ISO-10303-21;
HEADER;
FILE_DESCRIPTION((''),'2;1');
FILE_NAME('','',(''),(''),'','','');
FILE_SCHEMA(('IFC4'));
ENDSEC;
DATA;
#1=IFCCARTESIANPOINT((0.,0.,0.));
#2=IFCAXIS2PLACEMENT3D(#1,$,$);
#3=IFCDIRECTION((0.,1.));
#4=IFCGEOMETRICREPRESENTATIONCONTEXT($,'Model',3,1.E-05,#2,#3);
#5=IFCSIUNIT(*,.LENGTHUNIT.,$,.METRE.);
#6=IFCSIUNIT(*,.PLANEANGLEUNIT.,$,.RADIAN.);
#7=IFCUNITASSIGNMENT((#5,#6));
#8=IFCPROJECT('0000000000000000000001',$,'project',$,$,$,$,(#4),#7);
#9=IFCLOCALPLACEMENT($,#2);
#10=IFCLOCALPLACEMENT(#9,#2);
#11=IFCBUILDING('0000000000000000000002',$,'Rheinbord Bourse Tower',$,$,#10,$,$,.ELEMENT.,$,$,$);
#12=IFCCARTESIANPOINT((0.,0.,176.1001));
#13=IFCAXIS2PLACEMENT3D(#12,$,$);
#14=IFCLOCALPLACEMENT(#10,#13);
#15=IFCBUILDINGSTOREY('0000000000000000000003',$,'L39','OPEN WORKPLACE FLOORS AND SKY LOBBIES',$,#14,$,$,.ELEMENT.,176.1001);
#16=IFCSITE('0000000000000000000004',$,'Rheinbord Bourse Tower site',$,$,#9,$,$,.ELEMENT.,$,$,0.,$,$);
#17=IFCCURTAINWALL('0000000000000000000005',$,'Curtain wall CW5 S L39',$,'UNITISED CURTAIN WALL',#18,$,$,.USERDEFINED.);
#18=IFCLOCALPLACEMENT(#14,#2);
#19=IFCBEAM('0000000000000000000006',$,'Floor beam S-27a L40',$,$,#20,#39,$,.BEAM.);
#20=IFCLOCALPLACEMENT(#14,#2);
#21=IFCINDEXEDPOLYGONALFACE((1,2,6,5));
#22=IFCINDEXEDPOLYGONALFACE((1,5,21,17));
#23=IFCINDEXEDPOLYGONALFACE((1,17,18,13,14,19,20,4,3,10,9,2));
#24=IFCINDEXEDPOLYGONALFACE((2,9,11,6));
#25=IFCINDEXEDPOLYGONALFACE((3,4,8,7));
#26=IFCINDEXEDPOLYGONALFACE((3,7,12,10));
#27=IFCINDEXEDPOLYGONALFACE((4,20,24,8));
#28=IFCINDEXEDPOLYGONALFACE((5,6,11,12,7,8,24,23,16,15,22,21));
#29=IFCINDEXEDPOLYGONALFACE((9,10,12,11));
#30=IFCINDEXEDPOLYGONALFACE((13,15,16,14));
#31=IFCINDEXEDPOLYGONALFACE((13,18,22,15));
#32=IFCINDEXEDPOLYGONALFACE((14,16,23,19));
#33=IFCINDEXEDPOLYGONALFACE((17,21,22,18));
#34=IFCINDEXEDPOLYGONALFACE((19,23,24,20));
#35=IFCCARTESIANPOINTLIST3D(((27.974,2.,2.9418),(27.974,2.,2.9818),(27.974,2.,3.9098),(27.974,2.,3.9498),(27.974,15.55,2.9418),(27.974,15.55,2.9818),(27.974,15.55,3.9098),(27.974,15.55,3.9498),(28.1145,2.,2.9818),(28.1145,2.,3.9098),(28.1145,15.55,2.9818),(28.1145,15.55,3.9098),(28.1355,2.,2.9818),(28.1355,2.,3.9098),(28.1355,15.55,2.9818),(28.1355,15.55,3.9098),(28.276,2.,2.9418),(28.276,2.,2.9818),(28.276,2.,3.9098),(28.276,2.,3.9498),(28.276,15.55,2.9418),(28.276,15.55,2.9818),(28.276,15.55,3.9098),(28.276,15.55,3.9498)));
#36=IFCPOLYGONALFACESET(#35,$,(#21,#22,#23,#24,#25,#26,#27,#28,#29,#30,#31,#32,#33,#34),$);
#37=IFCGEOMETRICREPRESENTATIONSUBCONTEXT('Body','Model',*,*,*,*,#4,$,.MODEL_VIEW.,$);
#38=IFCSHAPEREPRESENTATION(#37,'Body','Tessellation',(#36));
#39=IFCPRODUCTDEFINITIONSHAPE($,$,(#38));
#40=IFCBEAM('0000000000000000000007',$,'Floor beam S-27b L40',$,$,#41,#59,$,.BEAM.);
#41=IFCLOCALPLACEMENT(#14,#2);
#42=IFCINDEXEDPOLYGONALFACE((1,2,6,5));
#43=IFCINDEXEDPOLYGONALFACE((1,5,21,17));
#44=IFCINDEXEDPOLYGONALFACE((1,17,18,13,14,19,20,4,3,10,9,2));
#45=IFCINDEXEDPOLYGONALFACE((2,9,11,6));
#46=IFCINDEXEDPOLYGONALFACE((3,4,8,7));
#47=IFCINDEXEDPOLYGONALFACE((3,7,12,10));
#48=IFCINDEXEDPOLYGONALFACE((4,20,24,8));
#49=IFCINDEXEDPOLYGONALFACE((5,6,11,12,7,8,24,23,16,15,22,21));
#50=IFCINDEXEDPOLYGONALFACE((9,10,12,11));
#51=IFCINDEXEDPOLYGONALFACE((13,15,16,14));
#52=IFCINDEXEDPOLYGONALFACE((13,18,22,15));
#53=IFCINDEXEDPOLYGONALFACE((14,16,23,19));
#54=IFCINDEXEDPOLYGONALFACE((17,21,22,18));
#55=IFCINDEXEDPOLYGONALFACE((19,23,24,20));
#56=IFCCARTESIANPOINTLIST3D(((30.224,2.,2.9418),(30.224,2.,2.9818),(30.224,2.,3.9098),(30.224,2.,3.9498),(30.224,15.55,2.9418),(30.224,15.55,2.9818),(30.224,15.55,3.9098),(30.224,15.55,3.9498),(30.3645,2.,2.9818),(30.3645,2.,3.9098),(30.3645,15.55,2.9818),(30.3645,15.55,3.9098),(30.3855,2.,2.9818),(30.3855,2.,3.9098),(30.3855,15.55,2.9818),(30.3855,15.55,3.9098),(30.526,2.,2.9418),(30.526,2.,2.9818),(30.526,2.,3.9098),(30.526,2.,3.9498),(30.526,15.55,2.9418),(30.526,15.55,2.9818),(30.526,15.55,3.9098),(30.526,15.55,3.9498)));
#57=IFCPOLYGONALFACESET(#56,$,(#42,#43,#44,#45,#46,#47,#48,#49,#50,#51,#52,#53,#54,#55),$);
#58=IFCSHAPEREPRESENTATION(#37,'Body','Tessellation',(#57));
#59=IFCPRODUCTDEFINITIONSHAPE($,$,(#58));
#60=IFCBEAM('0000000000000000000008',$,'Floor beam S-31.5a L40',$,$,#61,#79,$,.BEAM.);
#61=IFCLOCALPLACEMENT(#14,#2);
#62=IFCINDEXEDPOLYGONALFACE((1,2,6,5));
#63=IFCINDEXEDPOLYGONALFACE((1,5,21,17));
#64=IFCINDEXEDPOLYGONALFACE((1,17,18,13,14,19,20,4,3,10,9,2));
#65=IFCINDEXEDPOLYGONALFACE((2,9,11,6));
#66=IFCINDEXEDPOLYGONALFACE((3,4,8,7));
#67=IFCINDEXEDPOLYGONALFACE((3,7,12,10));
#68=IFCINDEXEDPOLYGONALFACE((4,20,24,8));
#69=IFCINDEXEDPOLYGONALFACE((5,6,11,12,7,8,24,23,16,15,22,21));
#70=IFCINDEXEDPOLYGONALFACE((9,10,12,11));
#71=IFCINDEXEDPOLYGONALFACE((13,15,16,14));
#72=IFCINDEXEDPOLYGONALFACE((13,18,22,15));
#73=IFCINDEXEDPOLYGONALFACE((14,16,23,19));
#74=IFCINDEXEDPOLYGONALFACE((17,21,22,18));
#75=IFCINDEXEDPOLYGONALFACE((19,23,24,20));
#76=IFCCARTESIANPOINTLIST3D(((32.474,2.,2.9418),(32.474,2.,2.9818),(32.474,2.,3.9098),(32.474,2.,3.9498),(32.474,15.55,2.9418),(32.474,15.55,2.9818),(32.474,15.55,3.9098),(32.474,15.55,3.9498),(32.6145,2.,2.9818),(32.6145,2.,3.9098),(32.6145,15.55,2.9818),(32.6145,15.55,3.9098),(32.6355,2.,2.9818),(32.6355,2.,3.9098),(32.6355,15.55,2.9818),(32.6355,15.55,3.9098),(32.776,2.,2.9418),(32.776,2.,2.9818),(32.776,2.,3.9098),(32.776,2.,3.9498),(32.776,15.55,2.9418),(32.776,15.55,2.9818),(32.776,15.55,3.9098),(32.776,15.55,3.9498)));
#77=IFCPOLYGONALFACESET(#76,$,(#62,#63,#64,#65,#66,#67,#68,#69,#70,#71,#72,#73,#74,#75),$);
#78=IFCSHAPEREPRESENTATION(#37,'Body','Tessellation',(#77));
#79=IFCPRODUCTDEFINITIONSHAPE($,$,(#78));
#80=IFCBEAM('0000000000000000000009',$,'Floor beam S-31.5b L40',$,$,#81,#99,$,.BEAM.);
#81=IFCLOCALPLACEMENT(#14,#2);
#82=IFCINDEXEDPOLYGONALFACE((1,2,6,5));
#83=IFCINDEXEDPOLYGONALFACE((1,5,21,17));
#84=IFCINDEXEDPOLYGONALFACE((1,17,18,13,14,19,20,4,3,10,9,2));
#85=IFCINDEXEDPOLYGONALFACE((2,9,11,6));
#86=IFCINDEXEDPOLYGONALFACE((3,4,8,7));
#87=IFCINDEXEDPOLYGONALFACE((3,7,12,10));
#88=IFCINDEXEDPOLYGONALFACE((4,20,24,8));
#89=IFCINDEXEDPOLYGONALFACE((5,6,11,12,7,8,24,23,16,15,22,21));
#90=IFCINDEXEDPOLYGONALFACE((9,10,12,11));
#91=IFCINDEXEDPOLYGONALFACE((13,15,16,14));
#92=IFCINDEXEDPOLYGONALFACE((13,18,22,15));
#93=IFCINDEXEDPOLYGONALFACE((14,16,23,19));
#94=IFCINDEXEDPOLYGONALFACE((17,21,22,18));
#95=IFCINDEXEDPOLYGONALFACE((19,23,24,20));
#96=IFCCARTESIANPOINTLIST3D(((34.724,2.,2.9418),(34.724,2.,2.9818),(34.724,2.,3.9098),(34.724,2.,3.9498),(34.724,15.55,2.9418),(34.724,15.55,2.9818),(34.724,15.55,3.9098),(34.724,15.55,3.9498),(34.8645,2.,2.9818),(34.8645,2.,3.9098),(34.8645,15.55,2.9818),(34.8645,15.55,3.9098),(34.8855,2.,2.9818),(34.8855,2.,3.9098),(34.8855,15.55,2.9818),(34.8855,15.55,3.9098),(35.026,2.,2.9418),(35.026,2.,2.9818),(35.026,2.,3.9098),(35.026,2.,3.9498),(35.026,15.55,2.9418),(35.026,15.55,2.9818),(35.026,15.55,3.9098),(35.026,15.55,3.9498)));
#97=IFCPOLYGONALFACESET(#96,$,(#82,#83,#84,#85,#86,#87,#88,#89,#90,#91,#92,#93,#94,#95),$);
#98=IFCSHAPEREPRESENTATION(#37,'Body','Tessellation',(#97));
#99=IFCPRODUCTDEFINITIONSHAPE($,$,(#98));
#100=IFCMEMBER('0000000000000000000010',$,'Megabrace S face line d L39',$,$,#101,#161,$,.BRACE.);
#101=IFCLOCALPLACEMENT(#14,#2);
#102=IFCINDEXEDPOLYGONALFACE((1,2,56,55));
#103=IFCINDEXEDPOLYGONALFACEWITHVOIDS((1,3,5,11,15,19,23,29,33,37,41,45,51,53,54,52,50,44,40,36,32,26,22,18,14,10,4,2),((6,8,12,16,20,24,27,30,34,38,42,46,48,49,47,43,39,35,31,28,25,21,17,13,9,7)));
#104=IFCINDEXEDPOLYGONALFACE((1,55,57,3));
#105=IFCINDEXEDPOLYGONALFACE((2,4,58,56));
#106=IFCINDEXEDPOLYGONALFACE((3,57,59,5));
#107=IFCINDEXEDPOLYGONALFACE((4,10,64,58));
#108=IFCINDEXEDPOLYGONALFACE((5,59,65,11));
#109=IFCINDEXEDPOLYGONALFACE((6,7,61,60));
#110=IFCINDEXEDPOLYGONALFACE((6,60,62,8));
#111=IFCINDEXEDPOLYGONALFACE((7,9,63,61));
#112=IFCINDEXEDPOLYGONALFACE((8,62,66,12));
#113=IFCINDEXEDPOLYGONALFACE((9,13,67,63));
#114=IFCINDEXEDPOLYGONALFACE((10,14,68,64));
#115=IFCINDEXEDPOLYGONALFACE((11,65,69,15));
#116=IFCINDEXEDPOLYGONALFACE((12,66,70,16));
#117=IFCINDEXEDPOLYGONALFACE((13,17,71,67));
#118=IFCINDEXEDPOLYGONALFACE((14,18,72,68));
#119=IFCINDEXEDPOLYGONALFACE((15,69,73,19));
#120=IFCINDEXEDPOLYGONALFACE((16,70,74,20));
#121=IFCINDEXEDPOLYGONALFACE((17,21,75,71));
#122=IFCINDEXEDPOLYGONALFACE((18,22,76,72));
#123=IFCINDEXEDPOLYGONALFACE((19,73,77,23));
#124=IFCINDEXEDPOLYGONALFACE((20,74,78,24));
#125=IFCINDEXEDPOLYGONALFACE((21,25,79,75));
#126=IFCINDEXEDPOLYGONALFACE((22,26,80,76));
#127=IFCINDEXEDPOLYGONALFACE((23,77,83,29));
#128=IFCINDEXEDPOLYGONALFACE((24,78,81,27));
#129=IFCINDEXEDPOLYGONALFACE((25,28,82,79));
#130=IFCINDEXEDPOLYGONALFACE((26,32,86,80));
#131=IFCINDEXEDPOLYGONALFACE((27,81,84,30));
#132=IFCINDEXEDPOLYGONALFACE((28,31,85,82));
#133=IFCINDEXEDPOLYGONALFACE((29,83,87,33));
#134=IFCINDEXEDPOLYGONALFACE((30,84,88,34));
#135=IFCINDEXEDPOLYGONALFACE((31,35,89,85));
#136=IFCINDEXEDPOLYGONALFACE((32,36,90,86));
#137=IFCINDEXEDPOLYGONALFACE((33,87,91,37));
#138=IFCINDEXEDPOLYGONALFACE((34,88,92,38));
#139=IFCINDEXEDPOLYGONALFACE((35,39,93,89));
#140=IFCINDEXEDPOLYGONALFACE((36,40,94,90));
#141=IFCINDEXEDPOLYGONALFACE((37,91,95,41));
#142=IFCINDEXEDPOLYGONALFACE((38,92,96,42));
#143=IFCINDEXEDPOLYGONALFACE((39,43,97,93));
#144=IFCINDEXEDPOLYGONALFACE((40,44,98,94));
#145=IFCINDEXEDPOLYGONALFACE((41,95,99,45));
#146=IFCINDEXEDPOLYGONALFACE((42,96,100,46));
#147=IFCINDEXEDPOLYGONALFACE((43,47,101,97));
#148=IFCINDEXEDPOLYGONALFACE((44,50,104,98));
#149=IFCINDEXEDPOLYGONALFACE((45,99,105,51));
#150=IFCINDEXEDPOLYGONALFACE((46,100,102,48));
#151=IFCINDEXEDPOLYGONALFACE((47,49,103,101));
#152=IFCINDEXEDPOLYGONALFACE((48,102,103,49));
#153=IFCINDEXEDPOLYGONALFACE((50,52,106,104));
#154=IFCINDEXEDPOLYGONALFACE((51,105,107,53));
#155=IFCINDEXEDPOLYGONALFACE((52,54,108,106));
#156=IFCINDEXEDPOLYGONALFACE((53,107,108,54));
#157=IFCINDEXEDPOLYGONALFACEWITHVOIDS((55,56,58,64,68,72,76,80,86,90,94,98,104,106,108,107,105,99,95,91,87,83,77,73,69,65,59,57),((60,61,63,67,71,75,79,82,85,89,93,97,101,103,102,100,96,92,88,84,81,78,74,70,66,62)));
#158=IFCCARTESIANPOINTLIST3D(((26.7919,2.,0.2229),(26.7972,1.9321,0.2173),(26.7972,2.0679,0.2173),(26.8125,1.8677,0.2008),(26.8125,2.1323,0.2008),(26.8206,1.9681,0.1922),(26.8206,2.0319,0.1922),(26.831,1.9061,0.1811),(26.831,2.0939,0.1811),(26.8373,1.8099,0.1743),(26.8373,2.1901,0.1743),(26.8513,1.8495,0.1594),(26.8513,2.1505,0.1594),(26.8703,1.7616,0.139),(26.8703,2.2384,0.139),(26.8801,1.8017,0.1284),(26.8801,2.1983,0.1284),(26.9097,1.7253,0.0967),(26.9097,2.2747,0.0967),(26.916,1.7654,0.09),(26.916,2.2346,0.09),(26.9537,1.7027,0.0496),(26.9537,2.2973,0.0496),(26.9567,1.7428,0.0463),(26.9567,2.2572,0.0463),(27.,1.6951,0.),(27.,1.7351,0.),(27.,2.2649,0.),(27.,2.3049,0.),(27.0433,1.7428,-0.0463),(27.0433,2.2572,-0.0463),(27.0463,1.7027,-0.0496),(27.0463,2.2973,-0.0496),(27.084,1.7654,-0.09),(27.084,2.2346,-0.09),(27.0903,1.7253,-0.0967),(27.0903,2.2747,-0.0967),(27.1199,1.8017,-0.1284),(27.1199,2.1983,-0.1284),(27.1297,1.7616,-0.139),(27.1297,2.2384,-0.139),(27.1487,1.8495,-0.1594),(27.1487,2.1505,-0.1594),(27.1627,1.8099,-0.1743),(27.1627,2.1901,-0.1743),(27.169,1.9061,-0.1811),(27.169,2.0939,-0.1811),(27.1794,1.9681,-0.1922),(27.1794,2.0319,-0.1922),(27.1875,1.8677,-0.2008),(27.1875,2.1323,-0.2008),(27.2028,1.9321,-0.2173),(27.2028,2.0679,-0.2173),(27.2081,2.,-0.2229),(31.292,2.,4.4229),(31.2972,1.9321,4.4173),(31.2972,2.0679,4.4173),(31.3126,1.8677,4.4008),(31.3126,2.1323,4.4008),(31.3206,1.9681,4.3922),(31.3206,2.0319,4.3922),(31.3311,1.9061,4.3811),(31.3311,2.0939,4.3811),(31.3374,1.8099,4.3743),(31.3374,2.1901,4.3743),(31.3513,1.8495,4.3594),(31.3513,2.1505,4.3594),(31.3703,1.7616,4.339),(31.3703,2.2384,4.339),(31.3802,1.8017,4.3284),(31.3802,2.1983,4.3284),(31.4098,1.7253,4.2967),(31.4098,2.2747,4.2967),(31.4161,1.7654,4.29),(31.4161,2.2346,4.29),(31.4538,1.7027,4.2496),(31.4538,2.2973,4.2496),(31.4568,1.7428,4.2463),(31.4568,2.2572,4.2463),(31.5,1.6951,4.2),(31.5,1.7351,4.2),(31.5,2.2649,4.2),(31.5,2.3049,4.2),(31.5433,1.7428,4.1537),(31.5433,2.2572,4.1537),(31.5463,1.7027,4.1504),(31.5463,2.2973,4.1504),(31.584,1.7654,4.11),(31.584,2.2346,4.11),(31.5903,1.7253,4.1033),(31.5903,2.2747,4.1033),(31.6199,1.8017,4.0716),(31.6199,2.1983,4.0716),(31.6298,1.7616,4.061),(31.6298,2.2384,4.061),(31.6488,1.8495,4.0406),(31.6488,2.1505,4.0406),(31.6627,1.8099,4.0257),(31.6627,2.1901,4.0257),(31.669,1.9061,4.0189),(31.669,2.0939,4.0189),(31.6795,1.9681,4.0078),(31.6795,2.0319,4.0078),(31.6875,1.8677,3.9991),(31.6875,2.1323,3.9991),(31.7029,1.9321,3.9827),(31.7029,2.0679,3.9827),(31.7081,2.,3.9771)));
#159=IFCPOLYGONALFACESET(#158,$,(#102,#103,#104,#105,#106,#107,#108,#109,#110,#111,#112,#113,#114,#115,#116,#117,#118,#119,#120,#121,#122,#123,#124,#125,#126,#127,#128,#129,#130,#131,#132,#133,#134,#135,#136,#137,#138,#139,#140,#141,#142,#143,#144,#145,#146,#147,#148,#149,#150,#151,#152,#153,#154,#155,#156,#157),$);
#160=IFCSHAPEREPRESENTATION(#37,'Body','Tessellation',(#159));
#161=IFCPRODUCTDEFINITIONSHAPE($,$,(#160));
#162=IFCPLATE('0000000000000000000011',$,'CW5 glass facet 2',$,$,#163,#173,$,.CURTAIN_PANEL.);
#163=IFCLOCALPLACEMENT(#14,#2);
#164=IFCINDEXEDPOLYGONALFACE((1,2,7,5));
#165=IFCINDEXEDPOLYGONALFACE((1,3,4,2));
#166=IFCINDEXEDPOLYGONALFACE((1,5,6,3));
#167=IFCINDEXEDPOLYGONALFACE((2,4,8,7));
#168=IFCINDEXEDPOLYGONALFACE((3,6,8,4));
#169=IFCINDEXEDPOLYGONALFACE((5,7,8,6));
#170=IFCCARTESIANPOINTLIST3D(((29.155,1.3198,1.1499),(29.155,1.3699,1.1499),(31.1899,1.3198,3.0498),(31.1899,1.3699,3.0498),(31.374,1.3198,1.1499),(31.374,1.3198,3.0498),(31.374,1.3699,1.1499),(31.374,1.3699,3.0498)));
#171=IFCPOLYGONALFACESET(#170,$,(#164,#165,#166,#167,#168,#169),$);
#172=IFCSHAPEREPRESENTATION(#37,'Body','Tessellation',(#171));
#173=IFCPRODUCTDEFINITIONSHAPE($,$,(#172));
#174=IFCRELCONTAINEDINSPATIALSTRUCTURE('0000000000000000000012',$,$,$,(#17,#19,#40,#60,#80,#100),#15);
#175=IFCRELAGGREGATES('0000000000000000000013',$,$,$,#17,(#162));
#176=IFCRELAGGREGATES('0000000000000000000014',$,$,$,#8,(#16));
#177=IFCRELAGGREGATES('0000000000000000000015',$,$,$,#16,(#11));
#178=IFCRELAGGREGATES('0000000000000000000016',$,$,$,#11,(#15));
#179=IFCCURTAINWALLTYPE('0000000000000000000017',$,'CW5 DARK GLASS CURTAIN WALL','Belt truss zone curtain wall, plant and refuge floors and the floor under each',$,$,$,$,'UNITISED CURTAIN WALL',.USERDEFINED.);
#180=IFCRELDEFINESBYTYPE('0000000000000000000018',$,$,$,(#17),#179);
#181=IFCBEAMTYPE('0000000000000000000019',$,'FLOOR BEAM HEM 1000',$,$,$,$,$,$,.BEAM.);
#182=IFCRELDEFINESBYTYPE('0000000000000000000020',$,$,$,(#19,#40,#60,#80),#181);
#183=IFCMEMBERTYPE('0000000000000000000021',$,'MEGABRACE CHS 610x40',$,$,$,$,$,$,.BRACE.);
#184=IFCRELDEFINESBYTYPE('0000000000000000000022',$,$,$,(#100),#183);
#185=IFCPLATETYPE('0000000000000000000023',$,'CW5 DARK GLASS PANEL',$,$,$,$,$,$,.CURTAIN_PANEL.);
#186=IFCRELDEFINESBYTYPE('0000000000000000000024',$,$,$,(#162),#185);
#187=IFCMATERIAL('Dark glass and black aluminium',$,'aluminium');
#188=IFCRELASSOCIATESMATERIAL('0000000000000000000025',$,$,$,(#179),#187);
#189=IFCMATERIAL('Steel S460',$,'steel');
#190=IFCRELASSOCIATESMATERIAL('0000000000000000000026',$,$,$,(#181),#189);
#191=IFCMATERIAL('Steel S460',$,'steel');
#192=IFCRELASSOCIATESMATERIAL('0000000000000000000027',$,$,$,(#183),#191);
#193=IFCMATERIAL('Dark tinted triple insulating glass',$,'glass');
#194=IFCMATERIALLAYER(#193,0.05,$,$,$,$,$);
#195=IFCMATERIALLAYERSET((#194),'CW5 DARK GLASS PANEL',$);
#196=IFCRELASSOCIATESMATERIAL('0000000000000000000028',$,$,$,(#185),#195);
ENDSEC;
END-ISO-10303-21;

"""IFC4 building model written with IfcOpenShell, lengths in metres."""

from ifc_helpers import new_model, si_unit, direction, frame, origin, origin_2d, place, context, subcontext, project, spatial, polyline, hollow_circle, i_section, outline, extrude, material, layer, layer_set, material_profile, profile_set, type_object, element, aggregate, save


model = new_model("IFC4")

# Units and contexts
model_context = context("Model", 3, precision=1e-05, world=origin(), true_north=direction((0.0, 1.0)))
body_context = subcontext(model_context, "Body", "Model", "MODEL_VIEW")
ifc_project = project(units=[si_unit("LENGTHUNIT", "METRE"), si_unit("PLANEANGLEUNIT", "RADIAN")], contexts=[model_context])

# Site, building, storey
site_placement = place(None, origin())
site = spatial("IfcSite", under=ifc_project, at=site_placement, Name="Rheinbord Bourse Tower site", CompositionType="ELEMENT", RefElevation=0.0)
building_placement = place(site_placement, origin())
building = spatial("IfcBuilding", under=site, at=building_placement, Name="Rheinbord Bourse Tower", CompositionType="ELEMENT")
storey_placement = place(building_placement, frame((0.0, 0.0, 176.1001)))
storey = spatial("IfcBuildingStorey", under=building, at=storey_placement, Name="L39", Description="OPEN WORKPLACE FLOORS AND SKY LOBBIES", CompositionType="ELEMENT", Elevation=176.1001)

# Curtain wall
ifc_material_1 = material(Name="Dark glass and black aluminium", Category="aluminium")
curtain_wall_type = type_object("IfcCurtainWallType", Name="CW5 DARK GLASS CURTAIN WALL", Description="Belt truss zone curtain wall, plant and refuge floors and the floor under each", ElementType="UNITISED CURTAIN WALL", PredefinedType="USERDEFINED", material=ifc_material_1)
curtain_wall_placement = place(storey_placement, origin())
curtain_wall = element("IfcCurtainWall", 1, at=curtain_wall_placement, inside=storey, type_object=curtain_wall_type, Name="Curtain wall CW5 S L39", ObjectType="UNITISED CURTAIN WALL", PredefinedType="USERDEFINED")

# Beams
ifc_material_2 = material(Name="Steel S460", Category="steel")
ifc_material_profile_1 = material_profile(ifc_material_2, i_section(OverallWidth=0.302, OverallDepth=1.0081, WebThickness=0.021, FlangeThickness=0.04, at=origin_2d()), Name="HEM 1000")
ifc_profile_set_1 = profile_set([ifc_material_profile_1], Name="Steel S460")
beam_type_1 = type_object("IfcBeamType", Name="FLOOR BEAM HEM 1000", PredefinedType="BEAM", material=ifc_profile_set_1)
for number, where, z_axis, x_axis, name in (
    (2, (28.125, 2.0, 3.4458), (0.0, 1.0, 0.0), (-1.0, 0.0, 0.0), "Floor beam S-27a L40"),
    (3, (30.375, 2.0, 3.4458), (0.0, 1.0, 0.0), (-1.0, 0.0, 0.0), "Floor beam S-27b L40"),
    (4, (32.625, 2.0, 3.4458), (0.0, 1.0, 0.0), (-1.0, 0.0, 0.0), "Floor beam S-31.5a L40"),
    (5, (34.875, 2.0, 3.4458), (0.0, 1.0, 0.0), (-1.0, 0.0, 0.0), "Floor beam S-31.5b L40"),
):
    element("IfcBeam", number, at=place(storey_placement, frame(where, z_axis=z_axis, x_axis=x_axis)), inside=storey, type_object=beam_type_1, Name=name, PredefinedType="BEAM", context=body_context, shape_type="SweptSolid", body=[
        extrude(i_section(OverallWidth=0.302, OverallDepth=1.0081, WebThickness=0.021, FlangeThickness=0.04, at=origin_2d()), origin(), (0.0, 0.0, 1.0), 13.55),
    ])

# Member
ifc_material_3 = material(Name="Steel S460", Category="steel")
ifc_material_profile_2 = material_profile(ifc_material_3, hollow_circle(Radius=0.3049, WallThickness=0.04, at=origin_2d()), Name="CHS 610x40")
ifc_profile_set_2 = profile_set([ifc_material_profile_2], Name="Steel S460")
member_type_1 = type_object("IfcMemberType", Name="MEGABRACE CHS 610x40", PredefinedType="BRACE", material=ifc_profile_set_2)
member_1_placement = place(storey_placement, frame((27.0, 2.0, 0.0), z_axis=(0.731059, 0.0, 0.682314), x_axis=(0.0, 1.0, 0.0)))
element("IfcMember", 6, at=member_1_placement, inside=storey, type_object=member_type_1, Name="Megabrace S face line d L39", PredefinedType="BRACE", context=body_context, shape_type="SweptSolid", body=[
    extrude(hollow_circle(Radius=0.3049, WallThickness=0.04, at=origin_2d()), origin(), (0.0, 0.0, 1.0), 6.1555),
])

# Plate
ifc_material_4 = material(Name="Dark tinted triple insulating glass", Category="glass")
ifc_layer_1 = layer(ifc_material_4, 0.05)
ifc_layer_set_1 = layer_set([ifc_layer_1], Name="CW5 DARK GLASS PANEL")
plate_type = type_object("IfcPlateType", Name="CW5 DARK GLASS PANEL", PredefinedType="CURTAIN_PANEL", material=ifc_layer_set_1)
plate_placement = place(storey_placement, frame((31.374, 1.3198, 3.0498), z_axis=(0.0, 1.0, 0.0), x_axis=(0.0, 0.0, -1.0)))
plate = element("IfcPlate", 7, at=plate_placement, type_object=plate_type, Name="CW5 glass facet 2", PredefinedType="CURTAIN_PANEL", context=body_context, shape_type="SweptSolid", body=[
    extrude(outline(polyline([(0.0, 0.0), (1.8999, 0.0), (1.8999, 2.219), (0.0, 0.1841), (0.0, 0.0)])), origin(), (0.0, 0.0, 1.0), 0.05),
])
aggregate(curtain_wall, [plate])

save(model, "model.ifc")
